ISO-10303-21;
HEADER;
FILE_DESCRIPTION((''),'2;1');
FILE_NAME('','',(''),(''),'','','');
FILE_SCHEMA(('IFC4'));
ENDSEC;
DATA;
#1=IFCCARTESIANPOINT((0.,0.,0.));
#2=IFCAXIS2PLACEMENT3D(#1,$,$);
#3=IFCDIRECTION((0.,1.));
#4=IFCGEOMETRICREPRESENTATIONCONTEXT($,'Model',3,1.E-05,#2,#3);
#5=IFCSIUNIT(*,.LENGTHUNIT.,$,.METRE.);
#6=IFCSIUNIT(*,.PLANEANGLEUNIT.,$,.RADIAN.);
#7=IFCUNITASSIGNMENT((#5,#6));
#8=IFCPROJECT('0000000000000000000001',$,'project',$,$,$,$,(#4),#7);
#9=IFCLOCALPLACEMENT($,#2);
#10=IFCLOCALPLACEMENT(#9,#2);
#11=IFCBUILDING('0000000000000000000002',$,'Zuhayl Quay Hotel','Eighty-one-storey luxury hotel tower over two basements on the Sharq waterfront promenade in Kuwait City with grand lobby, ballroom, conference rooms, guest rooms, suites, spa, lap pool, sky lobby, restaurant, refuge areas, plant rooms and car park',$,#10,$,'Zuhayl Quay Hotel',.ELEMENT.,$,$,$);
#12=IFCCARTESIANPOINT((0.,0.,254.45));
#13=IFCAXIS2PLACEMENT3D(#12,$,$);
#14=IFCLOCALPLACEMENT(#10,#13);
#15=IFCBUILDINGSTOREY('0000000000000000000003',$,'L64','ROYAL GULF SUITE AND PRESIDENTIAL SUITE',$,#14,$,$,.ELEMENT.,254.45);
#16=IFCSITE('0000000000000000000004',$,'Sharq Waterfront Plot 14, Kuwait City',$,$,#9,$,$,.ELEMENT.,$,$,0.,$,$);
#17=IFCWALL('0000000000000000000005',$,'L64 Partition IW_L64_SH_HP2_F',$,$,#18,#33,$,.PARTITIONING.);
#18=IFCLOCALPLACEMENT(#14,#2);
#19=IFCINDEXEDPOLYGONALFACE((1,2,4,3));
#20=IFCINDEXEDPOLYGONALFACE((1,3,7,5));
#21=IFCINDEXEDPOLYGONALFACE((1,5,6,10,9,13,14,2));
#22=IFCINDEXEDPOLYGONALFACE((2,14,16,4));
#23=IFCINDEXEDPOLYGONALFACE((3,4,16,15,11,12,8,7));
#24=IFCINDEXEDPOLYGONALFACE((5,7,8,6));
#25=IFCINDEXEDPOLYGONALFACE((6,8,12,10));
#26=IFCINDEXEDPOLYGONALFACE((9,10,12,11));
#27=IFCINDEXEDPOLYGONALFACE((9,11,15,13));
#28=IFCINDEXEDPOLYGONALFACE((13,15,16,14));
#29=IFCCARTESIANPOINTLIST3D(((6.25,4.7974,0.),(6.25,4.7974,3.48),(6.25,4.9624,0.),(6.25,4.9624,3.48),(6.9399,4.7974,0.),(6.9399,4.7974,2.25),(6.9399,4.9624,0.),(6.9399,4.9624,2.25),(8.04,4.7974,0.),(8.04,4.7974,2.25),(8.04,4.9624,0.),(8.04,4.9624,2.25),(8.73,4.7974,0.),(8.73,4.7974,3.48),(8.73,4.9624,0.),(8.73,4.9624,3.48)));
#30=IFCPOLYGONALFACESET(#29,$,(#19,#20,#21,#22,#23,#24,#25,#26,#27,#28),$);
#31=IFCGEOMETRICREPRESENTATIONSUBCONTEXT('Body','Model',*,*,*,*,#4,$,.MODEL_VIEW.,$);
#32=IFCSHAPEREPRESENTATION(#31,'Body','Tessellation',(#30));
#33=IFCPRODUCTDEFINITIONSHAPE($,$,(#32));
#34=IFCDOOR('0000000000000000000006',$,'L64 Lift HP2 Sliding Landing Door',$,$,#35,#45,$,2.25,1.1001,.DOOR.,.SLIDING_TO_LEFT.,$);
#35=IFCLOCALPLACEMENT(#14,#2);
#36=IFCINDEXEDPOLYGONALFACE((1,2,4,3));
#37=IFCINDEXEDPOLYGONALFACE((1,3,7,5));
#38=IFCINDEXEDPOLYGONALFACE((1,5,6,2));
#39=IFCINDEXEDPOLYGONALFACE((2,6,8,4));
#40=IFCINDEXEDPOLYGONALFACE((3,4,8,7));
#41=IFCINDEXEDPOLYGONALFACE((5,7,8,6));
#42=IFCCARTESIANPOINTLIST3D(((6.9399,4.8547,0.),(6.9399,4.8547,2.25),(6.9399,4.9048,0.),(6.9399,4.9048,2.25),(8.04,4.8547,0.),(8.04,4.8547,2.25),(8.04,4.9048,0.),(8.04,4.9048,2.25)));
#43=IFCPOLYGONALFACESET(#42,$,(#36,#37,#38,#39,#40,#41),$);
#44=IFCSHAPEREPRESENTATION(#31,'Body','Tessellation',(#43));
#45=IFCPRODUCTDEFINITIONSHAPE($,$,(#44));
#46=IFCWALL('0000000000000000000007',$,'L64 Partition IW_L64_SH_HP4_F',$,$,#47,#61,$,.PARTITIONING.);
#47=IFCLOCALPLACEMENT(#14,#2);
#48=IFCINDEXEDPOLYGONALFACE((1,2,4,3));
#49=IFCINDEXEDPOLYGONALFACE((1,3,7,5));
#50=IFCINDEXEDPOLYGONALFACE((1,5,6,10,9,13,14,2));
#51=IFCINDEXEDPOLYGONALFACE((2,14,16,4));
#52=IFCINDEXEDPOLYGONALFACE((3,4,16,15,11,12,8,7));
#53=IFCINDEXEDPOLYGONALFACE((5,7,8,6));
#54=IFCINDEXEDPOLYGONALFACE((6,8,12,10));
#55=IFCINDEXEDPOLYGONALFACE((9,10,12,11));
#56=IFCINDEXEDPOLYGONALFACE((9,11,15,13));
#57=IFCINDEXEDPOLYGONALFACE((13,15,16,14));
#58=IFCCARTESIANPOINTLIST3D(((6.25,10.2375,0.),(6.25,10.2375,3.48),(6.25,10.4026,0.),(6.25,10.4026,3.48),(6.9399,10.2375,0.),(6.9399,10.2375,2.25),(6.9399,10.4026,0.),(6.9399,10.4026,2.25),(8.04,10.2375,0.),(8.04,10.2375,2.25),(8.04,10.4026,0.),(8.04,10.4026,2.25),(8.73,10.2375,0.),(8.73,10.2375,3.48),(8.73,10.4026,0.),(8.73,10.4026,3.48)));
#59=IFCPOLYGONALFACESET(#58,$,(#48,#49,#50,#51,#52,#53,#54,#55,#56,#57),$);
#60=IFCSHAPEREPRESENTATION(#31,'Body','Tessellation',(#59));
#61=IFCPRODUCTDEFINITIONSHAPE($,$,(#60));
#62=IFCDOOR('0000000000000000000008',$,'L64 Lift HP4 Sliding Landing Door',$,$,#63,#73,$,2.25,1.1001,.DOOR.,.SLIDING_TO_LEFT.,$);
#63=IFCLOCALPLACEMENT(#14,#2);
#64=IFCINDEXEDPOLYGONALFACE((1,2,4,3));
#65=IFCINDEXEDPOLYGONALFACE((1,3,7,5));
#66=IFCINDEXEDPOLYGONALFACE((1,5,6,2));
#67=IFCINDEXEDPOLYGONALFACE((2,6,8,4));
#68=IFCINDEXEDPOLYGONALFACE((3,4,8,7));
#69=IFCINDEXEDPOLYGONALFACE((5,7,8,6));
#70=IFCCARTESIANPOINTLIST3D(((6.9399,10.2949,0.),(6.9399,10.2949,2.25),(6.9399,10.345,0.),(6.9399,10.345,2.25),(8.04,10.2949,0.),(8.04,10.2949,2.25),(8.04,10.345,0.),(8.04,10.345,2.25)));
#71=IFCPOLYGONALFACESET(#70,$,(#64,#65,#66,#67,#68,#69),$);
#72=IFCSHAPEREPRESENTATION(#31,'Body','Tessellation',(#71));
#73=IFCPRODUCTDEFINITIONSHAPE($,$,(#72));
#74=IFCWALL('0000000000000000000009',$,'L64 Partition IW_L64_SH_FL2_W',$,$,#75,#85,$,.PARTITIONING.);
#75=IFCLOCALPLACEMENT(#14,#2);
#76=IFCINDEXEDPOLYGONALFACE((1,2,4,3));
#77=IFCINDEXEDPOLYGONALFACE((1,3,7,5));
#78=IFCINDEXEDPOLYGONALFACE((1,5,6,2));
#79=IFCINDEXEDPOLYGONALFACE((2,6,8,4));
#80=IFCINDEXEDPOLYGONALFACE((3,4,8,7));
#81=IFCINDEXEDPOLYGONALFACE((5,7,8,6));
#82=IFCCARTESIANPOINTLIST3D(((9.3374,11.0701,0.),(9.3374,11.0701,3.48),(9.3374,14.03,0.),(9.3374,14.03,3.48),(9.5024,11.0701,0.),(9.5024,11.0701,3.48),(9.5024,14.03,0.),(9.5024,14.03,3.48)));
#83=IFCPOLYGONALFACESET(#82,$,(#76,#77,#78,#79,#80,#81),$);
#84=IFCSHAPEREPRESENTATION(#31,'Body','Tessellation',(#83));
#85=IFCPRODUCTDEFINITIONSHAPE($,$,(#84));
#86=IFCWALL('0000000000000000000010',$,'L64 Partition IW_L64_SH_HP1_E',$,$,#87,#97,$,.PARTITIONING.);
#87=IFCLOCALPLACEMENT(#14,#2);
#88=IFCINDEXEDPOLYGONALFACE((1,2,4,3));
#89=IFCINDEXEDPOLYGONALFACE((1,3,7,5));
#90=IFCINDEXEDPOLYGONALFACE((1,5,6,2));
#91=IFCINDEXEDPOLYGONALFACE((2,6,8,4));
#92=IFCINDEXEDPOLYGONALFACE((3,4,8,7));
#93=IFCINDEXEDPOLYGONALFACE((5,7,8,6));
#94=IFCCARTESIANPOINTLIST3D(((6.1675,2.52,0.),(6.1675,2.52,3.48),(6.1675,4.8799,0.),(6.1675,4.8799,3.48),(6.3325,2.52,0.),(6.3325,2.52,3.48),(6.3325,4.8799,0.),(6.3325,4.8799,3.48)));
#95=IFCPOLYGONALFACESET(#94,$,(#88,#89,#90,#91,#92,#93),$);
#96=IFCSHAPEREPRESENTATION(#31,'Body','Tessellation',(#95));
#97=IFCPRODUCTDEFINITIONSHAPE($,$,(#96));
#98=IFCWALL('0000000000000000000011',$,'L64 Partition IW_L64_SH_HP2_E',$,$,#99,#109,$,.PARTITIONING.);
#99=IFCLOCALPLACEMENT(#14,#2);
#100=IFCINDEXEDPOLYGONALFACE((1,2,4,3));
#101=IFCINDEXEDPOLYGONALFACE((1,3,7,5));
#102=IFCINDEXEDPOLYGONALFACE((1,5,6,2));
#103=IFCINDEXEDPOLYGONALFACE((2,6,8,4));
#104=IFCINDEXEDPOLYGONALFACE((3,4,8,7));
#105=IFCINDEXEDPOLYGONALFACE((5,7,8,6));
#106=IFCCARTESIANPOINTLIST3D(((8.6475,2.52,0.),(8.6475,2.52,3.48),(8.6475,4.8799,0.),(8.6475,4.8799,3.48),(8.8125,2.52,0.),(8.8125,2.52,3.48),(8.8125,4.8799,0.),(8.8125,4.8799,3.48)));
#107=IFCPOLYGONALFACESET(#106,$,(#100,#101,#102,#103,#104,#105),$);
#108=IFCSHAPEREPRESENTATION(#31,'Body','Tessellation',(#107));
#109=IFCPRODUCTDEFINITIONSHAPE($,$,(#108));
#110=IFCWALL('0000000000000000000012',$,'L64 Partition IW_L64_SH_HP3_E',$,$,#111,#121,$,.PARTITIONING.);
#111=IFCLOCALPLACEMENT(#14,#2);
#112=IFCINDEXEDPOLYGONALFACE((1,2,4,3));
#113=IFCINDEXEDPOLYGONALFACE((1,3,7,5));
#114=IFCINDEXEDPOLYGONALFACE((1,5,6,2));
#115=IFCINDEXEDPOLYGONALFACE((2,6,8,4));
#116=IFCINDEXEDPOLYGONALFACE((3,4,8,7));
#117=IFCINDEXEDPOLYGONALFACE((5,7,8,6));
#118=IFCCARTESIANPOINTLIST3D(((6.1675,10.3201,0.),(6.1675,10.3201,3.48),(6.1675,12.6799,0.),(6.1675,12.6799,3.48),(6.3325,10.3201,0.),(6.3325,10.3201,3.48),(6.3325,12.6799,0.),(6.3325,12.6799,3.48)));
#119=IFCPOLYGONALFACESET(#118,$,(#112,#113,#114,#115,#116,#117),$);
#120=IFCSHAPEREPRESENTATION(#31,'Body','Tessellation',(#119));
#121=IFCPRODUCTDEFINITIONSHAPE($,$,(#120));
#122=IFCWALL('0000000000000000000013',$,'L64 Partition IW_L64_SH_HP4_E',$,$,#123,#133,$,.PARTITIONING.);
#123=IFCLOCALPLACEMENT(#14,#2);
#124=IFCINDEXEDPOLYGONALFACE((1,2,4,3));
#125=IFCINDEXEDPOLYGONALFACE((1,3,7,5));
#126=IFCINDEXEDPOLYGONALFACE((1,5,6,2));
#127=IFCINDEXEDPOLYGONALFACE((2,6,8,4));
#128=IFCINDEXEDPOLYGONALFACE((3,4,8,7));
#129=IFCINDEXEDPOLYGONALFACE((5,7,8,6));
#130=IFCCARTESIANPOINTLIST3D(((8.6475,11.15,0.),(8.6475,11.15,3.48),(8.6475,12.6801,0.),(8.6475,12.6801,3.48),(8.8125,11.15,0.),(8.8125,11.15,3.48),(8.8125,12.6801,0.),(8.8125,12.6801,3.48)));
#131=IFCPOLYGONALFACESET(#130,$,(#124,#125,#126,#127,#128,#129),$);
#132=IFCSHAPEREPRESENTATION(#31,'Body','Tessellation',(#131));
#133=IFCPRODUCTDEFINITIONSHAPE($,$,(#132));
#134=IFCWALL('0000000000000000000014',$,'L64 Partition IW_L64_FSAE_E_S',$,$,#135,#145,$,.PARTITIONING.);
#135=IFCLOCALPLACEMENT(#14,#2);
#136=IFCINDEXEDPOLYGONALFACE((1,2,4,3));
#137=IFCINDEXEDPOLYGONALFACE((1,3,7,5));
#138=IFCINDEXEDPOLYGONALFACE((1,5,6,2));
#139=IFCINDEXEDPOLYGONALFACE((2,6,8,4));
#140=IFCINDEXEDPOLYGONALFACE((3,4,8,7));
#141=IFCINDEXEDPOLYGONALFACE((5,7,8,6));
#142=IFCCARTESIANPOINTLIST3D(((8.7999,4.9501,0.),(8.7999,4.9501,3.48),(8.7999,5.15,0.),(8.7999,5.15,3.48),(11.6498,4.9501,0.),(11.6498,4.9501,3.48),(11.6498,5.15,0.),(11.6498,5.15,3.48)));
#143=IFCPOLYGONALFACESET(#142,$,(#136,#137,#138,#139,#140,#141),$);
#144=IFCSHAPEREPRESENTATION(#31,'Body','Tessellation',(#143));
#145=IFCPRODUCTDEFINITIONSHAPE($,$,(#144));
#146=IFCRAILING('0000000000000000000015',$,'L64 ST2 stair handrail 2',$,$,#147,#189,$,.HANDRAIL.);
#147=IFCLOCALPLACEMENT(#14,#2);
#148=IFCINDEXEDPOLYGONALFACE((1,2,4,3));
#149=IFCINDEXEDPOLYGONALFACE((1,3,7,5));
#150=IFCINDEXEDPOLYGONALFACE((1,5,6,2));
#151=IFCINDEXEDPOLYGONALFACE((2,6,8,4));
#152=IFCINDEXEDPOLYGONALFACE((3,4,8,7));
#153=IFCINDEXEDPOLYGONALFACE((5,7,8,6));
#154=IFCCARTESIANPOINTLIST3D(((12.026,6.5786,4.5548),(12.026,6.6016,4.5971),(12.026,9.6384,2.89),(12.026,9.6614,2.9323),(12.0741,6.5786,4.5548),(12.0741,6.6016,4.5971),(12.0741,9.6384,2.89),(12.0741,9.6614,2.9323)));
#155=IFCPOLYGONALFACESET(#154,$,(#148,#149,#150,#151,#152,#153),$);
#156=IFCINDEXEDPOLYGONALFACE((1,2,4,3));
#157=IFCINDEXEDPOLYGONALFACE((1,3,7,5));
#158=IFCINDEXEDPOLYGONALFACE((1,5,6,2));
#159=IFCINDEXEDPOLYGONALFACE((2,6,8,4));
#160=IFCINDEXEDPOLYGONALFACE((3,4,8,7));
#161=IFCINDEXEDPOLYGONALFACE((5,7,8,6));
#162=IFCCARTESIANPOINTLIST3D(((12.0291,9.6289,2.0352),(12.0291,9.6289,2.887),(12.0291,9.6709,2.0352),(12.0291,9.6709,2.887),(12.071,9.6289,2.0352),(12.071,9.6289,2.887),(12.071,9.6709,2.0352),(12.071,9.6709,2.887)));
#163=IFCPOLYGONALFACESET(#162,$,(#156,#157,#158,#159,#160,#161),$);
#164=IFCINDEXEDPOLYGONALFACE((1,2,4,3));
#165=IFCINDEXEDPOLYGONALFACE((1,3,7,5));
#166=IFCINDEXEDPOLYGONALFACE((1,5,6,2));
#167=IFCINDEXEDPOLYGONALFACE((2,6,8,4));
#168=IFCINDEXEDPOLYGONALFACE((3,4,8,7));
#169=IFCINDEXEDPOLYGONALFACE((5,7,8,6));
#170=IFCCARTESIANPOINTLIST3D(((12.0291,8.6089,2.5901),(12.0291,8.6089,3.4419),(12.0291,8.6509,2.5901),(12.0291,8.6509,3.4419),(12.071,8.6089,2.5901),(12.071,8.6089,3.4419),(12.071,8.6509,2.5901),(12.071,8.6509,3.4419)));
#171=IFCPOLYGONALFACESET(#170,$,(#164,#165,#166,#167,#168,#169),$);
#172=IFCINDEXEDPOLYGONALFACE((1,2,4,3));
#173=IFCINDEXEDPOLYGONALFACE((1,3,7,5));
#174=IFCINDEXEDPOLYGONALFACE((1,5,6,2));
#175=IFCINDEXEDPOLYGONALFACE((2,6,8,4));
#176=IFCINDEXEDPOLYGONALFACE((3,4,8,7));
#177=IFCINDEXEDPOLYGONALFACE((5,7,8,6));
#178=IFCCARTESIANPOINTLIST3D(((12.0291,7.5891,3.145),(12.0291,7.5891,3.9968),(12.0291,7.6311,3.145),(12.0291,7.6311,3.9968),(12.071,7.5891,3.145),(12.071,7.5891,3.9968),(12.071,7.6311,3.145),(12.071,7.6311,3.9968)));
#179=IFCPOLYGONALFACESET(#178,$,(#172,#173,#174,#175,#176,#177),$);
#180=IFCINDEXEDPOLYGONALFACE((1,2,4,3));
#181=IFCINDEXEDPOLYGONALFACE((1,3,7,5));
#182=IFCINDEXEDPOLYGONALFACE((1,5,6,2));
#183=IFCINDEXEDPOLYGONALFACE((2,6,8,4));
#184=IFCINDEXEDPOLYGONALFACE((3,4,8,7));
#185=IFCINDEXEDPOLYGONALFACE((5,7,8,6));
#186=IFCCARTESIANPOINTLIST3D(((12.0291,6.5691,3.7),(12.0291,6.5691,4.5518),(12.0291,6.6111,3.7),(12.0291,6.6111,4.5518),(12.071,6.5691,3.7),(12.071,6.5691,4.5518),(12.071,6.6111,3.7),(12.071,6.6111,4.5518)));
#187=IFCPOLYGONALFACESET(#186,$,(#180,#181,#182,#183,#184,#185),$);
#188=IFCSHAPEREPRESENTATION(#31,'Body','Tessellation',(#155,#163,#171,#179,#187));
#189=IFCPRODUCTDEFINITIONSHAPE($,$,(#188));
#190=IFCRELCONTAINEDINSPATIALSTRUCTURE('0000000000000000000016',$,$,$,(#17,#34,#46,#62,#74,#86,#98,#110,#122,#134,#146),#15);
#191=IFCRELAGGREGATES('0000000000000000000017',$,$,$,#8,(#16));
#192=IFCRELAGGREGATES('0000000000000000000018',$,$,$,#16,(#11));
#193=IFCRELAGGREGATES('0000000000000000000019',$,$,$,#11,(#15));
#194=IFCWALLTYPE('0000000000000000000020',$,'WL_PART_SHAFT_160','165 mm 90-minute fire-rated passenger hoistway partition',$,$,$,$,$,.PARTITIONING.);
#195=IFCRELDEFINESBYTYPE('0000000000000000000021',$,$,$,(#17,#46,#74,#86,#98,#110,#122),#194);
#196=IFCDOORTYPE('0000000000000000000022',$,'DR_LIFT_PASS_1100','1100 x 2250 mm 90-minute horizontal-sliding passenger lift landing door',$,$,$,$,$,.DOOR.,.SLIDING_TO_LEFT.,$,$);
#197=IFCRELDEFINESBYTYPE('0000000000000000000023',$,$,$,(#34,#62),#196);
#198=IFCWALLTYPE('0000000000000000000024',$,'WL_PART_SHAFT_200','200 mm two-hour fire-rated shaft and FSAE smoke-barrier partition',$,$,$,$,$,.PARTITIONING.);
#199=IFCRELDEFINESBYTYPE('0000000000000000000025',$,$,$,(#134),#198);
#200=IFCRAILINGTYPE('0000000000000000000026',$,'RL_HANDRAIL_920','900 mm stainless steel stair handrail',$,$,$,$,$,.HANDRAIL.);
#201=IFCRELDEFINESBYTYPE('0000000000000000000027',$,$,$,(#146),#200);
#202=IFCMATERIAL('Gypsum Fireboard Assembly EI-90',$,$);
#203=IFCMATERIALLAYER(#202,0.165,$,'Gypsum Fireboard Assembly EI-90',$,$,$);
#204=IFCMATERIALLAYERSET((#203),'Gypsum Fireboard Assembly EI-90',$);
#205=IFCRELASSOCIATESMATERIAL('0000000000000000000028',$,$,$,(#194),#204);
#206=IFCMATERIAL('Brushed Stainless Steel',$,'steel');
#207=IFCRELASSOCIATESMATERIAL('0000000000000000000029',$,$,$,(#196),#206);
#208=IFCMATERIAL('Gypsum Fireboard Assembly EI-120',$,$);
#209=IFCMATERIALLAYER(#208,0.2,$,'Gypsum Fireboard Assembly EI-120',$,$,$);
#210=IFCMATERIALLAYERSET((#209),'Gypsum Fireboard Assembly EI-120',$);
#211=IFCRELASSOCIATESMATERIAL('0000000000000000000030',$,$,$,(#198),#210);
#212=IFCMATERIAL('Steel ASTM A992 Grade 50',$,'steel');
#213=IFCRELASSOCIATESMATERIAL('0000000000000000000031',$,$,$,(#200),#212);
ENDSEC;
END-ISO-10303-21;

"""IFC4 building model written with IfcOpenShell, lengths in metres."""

from ifc_helpers import new_model, si_unit, direction, frame, frame_2d, origin, origin_2d, place, context, subcontext, project, spatial, rectangle, extrude, material, layer, layer_set, type_object, element, fill, save


model = new_model("IFC4")

# Units and contexts
model_context = context("Model", 3, precision=1e-05, world=origin(), true_north=direction((0.0, 1.0)))
body_context = subcontext(model_context, "Body", "Model", "MODEL_VIEW")
ifc_project = project(units=[si_unit("LENGTHUNIT", "METRE"), si_unit("PLANEANGLEUNIT", "RADIAN")], contexts=[model_context])

# Site, building, storey
site_placement = place(None, origin())
site = spatial("IfcSite", under=ifc_project, at=site_placement, Name="Sharq Waterfront Plot 14, Kuwait City", CompositionType="ELEMENT", RefElevation=0.0)
building_placement = place(site_placement, origin())
building = spatial("IfcBuilding", under=site, at=building_placement, Name="Zuhayl Quay Hotel", Description="Eighty-one-storey luxury hotel tower over two basements on the Sharq waterfront promenade in Kuwait City with grand lobby, ballroom, conference rooms, guest rooms, suites, spa, lap pool, sky lobby, restaurant, refuge areas, plant rooms and car park", LongName="Zuhayl Quay Hotel", CompositionType="ELEMENT")
storey_placement = place(building_placement, frame((0.0, 0.0, 254.45)))
storey = spatial("IfcBuildingStorey", under=building, at=storey_placement, Name="L64", Description="ROYAL GULF SUITE AND PRESIDENTIAL SUITE", CompositionType="ELEMENT", Elevation=254.45)

# Shared definitions
ifc_material_1 = material(Name="Steel ASTM A992 Grade 50", Category="steel")

# Walls, openings, doors
ifc_material_2 = material(Name="Gypsum Fireboard Assembly EI-90")
ifc_layer_1 = layer(ifc_material_2, 0.165, Name="Gypsum Fireboard Assembly EI-90")
ifc_layer_set_1 = layer_set([ifc_layer_1], Name="Gypsum Fireboard Assembly EI-90")
wall_type_1 = type_object("IfcWallType", Name="WL_PART_SHAFT_160", Description="165 mm 90-minute fire-rated passenger hoistway partition", PredefinedType="PARTITIONING", material=ifc_layer_set_1)
ifc_material_3 = material(Name="Brushed Stainless Steel", Category="steel")
wall_1_placement = place(storey_placement, frame((6.25, 4.8799, 0.0), z_axis=(0.0, 0.0, 1.0), x_axis=(1.0, 0.0, 0.0)))
wall_1 = element("IfcWall", 1, at=wall_1_placement, inside=storey, type_object=wall_type_1, Name="L64 Partition IW_L64_SH_HP2_F", PredefinedType="PARTITIONING", context=body_context, shape_type="SweptSolid", body=[
    extrude(rectangle(XDim=2.48, YDim=0.165, at=frame_2d((1.24, 0.0))), origin(), (0.0, 0.0, 1.0), 3.48),
])
opening_1_placement = place(wall_1_placement, frame((0.6899, 0.0, 0.0)))
opening_1 = element("IfcOpeningElement", 2, at=opening_1_placement, cuts=wall_1, PredefinedType="OPENING", context=body_context, shape_type="SweptSolid", body=[
    extrude(rectangle(XDim=1.1001, YDim=2.25, at=frame_2d((0.55, 1.125))), frame((0.0, 0.0925, 0.0), z_axis=(0.0, -1.0, 0.0), x_axis=(1.0, 0.0, 0.0)), (0.0, 0.0, 1.0), 0.1851),
])
door_type_1 = type_object("IfcDoorType", Name="DR_LIFT_PASS_1100", Description="1100 x 2250 mm 90-minute horizontal-sliding passenger lift landing door", OperationType="SLIDING_TO_LEFT", PredefinedType="DOOR", material=ifc_material_3)
door_1_placement = place(opening_1_placement, origin())
door_1 = element("IfcDoor", 3, at=door_1_placement, inside=storey, type_object=door_type_1, Name="L64 Lift HP2 Sliding Landing Door", OperationType="SLIDING_TO_LEFT", OverallHeight=2.25, OverallWidth=1.1001, PredefinedType="DOOR", context=body_context, shape_type="SweptSolid", body=[
    extrude(rectangle(XDim=1.1001, YDim=2.25, at=frame_2d((0.55, 1.125))), frame((0.0, 0.0249, 0.0), z_axis=(0.0, -1.0, 0.0), x_axis=(1.0, 0.0, 0.0)), (0.0, 0.0, 1.0), 0.05),
])
fill(opening_1, door_1)
wall_2_placement = place(storey_placement, frame((6.25, 10.3201, 0.0), z_axis=(0.0, 0.0, 1.0), x_axis=(1.0, 0.0, 0.0)))
wall_2 = element("IfcWall", 4, at=wall_2_placement, inside=storey, type_object=wall_type_1, Name="L64 Partition IW_L64_SH_HP4_F", PredefinedType="PARTITIONING", context=body_context, shape_type="SweptSolid", body=[
    extrude(rectangle(XDim=2.48, YDim=0.165, at=frame_2d((1.24, 0.0))), origin(), (0.0, 0.0, 1.0), 3.48),
])
opening_2_placement = place(wall_2_placement, frame((0.6899, 0.0, 0.0)))
opening_2 = element("IfcOpeningElement", 5, at=opening_2_placement, cuts=wall_2, PredefinedType="OPENING", context=body_context, shape_type="SweptSolid", body=[
    extrude(rectangle(XDim=1.1001, YDim=2.25, at=frame_2d((0.55, 1.125))), frame((0.0, 0.0925, 0.0), z_axis=(0.0, -1.0, 0.0), x_axis=(1.0, 0.0, 0.0)), (0.0, 0.0, 1.0), 0.1851),
])
door_2_placement = place(opening_2_placement, origin())
door_2 = element("IfcDoor", 6, at=door_2_placement, inside=storey, type_object=door_type_1, Name="L64 Lift HP4 Sliding Landing Door", OperationType="SLIDING_TO_LEFT", OverallHeight=2.25, OverallWidth=1.1001, PredefinedType="DOOR", context=body_context, shape_type="SweptSolid", body=[
    extrude(rectangle(XDim=1.1001, YDim=2.25, at=frame_2d((0.55, 1.125))), frame((0.0, 0.0249, 0.0), z_axis=(0.0, -1.0, 0.0), x_axis=(1.0, 0.0, 0.0)), (0.0, 0.0, 1.0), 0.05),
])
fill(opening_2, door_2)

# Walls
wall_3_placement = place(storey_placement, frame((9.4199, 11.0701, 0.0), z_axis=(0.0, 0.0, 1.0), x_axis=(0.0, 1.0, 0.0)))
element("IfcWall", 7, at=wall_3_placement, inside=storey, type_object=wall_type_1, Name="L64 Partition IW_L64_SH_FL2_W", PredefinedType="PARTITIONING", context=body_context, shape_type="SweptSolid", body=[
    extrude(rectangle(XDim=2.96, YDim=0.165, at=frame_2d((1.48, 0.0))), origin(), (0.0, 0.0, 1.0), 3.48),
])
for number, where, z_axis, x_axis, name in (
    (8, (6.25, 2.52, 0.0), (0.0, 0.0, 1.0), (0.0, 1.0, 0.0), "L64 Partition IW_L64_SH_HP1_E"),
    (9, (8.73, 2.52, 0.0), (0.0, 0.0, 1.0), (0.0, 1.0, 0.0), "L64 Partition IW_L64_SH_HP2_E"),
    (10, (6.25, 10.3201, 0.0), (0.0, 0.0, 1.0), (0.0, 1.0, 0.0), "L64 Partition IW_L64_SH_HP3_E"),
):
    element("IfcWall", number, at=place(storey_placement, frame(where, z_axis=z_axis, x_axis=x_axis)), inside=storey, type_object=wall_type_1, Name=name, PredefinedType="PARTITIONING", context=body_context, shape_type="SweptSolid", body=[
        extrude(rectangle(XDim=2.3599, YDim=0.165, at=frame_2d((1.1799, 0.0))), origin(), (0.0, 0.0, 1.0), 3.48),
    ])
wall_4_placement = place(storey_placement, frame((8.73, 11.1499, 0.0), z_axis=(0.0, 0.0, 1.0), x_axis=(0.0, 1.0, 0.0)))
element("IfcWall", 11, at=wall_4_placement, inside=storey, type_object=wall_type_1, Name="L64 Partition IW_L64_SH_HP4_E", PredefinedType="PARTITIONING", context=body_context, shape_type="SweptSolid", body=[
    extrude(rectangle(XDim=1.53, YDim=0.165, at=frame_2d((0.7651, 0.0))), origin(), (0.0, 0.0, 1.0), 3.48),
])
ifc_material_4 = material(Name="Gypsum Fireboard Assembly EI-120")
ifc_layer_2 = layer(ifc_material_4, 0.2, Name="Gypsum Fireboard Assembly EI-120")
ifc_layer_set_2 = layer_set([ifc_layer_2], Name="Gypsum Fireboard Assembly EI-120")
wall_type_2 = type_object("IfcWallType", Name="WL_PART_SHAFT_200", Description="200 mm two-hour fire-rated shaft and FSAE smoke-barrier partition", PredefinedType="PARTITIONING", material=ifc_layer_set_2)
wall_5_placement = place(storey_placement, frame((8.8, 5.05, 0.0), z_axis=(0.0, 0.0, 1.0), x_axis=(1.0, 0.0, 0.0)))
element("IfcWall", 12, at=wall_5_placement, inside=storey, type_object=wall_type_2, Name="L64 Partition IW_L64_FSAE_E_S", PredefinedType="PARTITIONING", context=body_context, shape_type="SweptSolid", body=[
    extrude(rectangle(XDim=2.8499, YDim=0.2, at=frame_2d((1.4248, 0.0))), origin(), (0.0, 0.0, 1.0), 3.48),
])

# Railing
railing_type = type_object("IfcRailingType", Name="RL_HANDRAIL_920", Description="900 mm stainless steel stair handrail", PredefinedType="HANDRAIL", material=ifc_material_1)
railing_placement = place(storey_placement, frame((12.05, 9.6499, 2.0352)))
element("IfcRailing", 13, at=railing_placement, inside=storey, type_object=railing_type, Name="L64 ST2 stair handrail 2", PredefinedType="HANDRAIL", context=body_context, shape_type="SweptSolid", body=[
    extrude(rectangle(XDim=0.0481, YDim=0.0481, at=origin_2d()), frame((0.0, 0.0, 0.876), z_axis=(0.0, -0.878401, 0.477924), x_axis=(1.0, 0.0, 0.0)), (0.0, 0.0, 1.0), 3.4834),
    extrude(rectangle(XDim=0.042, YDim=0.042, at=origin_2d()), origin(), (0.0, 0.0, 1.0), 0.8518),
    extrude(rectangle(XDim=0.042, YDim=0.042, at=origin_2d()), frame((0.0, -1.02, 0.5549)), (0.0, 0.0, 1.0), 0.8518),
    extrude(rectangle(XDim=0.042, YDim=0.042, at=origin_2d()), frame((0.0, -2.0398, 1.1099)), (0.0, 0.0, 1.0), 0.8518),
    extrude(rectangle(XDim=0.042, YDim=0.042, at=origin_2d()), frame((0.0, -3.0598, 1.6648)), (0.0, 0.0, 1.0), 0.8518),
])

save(model, "model.ifc")
